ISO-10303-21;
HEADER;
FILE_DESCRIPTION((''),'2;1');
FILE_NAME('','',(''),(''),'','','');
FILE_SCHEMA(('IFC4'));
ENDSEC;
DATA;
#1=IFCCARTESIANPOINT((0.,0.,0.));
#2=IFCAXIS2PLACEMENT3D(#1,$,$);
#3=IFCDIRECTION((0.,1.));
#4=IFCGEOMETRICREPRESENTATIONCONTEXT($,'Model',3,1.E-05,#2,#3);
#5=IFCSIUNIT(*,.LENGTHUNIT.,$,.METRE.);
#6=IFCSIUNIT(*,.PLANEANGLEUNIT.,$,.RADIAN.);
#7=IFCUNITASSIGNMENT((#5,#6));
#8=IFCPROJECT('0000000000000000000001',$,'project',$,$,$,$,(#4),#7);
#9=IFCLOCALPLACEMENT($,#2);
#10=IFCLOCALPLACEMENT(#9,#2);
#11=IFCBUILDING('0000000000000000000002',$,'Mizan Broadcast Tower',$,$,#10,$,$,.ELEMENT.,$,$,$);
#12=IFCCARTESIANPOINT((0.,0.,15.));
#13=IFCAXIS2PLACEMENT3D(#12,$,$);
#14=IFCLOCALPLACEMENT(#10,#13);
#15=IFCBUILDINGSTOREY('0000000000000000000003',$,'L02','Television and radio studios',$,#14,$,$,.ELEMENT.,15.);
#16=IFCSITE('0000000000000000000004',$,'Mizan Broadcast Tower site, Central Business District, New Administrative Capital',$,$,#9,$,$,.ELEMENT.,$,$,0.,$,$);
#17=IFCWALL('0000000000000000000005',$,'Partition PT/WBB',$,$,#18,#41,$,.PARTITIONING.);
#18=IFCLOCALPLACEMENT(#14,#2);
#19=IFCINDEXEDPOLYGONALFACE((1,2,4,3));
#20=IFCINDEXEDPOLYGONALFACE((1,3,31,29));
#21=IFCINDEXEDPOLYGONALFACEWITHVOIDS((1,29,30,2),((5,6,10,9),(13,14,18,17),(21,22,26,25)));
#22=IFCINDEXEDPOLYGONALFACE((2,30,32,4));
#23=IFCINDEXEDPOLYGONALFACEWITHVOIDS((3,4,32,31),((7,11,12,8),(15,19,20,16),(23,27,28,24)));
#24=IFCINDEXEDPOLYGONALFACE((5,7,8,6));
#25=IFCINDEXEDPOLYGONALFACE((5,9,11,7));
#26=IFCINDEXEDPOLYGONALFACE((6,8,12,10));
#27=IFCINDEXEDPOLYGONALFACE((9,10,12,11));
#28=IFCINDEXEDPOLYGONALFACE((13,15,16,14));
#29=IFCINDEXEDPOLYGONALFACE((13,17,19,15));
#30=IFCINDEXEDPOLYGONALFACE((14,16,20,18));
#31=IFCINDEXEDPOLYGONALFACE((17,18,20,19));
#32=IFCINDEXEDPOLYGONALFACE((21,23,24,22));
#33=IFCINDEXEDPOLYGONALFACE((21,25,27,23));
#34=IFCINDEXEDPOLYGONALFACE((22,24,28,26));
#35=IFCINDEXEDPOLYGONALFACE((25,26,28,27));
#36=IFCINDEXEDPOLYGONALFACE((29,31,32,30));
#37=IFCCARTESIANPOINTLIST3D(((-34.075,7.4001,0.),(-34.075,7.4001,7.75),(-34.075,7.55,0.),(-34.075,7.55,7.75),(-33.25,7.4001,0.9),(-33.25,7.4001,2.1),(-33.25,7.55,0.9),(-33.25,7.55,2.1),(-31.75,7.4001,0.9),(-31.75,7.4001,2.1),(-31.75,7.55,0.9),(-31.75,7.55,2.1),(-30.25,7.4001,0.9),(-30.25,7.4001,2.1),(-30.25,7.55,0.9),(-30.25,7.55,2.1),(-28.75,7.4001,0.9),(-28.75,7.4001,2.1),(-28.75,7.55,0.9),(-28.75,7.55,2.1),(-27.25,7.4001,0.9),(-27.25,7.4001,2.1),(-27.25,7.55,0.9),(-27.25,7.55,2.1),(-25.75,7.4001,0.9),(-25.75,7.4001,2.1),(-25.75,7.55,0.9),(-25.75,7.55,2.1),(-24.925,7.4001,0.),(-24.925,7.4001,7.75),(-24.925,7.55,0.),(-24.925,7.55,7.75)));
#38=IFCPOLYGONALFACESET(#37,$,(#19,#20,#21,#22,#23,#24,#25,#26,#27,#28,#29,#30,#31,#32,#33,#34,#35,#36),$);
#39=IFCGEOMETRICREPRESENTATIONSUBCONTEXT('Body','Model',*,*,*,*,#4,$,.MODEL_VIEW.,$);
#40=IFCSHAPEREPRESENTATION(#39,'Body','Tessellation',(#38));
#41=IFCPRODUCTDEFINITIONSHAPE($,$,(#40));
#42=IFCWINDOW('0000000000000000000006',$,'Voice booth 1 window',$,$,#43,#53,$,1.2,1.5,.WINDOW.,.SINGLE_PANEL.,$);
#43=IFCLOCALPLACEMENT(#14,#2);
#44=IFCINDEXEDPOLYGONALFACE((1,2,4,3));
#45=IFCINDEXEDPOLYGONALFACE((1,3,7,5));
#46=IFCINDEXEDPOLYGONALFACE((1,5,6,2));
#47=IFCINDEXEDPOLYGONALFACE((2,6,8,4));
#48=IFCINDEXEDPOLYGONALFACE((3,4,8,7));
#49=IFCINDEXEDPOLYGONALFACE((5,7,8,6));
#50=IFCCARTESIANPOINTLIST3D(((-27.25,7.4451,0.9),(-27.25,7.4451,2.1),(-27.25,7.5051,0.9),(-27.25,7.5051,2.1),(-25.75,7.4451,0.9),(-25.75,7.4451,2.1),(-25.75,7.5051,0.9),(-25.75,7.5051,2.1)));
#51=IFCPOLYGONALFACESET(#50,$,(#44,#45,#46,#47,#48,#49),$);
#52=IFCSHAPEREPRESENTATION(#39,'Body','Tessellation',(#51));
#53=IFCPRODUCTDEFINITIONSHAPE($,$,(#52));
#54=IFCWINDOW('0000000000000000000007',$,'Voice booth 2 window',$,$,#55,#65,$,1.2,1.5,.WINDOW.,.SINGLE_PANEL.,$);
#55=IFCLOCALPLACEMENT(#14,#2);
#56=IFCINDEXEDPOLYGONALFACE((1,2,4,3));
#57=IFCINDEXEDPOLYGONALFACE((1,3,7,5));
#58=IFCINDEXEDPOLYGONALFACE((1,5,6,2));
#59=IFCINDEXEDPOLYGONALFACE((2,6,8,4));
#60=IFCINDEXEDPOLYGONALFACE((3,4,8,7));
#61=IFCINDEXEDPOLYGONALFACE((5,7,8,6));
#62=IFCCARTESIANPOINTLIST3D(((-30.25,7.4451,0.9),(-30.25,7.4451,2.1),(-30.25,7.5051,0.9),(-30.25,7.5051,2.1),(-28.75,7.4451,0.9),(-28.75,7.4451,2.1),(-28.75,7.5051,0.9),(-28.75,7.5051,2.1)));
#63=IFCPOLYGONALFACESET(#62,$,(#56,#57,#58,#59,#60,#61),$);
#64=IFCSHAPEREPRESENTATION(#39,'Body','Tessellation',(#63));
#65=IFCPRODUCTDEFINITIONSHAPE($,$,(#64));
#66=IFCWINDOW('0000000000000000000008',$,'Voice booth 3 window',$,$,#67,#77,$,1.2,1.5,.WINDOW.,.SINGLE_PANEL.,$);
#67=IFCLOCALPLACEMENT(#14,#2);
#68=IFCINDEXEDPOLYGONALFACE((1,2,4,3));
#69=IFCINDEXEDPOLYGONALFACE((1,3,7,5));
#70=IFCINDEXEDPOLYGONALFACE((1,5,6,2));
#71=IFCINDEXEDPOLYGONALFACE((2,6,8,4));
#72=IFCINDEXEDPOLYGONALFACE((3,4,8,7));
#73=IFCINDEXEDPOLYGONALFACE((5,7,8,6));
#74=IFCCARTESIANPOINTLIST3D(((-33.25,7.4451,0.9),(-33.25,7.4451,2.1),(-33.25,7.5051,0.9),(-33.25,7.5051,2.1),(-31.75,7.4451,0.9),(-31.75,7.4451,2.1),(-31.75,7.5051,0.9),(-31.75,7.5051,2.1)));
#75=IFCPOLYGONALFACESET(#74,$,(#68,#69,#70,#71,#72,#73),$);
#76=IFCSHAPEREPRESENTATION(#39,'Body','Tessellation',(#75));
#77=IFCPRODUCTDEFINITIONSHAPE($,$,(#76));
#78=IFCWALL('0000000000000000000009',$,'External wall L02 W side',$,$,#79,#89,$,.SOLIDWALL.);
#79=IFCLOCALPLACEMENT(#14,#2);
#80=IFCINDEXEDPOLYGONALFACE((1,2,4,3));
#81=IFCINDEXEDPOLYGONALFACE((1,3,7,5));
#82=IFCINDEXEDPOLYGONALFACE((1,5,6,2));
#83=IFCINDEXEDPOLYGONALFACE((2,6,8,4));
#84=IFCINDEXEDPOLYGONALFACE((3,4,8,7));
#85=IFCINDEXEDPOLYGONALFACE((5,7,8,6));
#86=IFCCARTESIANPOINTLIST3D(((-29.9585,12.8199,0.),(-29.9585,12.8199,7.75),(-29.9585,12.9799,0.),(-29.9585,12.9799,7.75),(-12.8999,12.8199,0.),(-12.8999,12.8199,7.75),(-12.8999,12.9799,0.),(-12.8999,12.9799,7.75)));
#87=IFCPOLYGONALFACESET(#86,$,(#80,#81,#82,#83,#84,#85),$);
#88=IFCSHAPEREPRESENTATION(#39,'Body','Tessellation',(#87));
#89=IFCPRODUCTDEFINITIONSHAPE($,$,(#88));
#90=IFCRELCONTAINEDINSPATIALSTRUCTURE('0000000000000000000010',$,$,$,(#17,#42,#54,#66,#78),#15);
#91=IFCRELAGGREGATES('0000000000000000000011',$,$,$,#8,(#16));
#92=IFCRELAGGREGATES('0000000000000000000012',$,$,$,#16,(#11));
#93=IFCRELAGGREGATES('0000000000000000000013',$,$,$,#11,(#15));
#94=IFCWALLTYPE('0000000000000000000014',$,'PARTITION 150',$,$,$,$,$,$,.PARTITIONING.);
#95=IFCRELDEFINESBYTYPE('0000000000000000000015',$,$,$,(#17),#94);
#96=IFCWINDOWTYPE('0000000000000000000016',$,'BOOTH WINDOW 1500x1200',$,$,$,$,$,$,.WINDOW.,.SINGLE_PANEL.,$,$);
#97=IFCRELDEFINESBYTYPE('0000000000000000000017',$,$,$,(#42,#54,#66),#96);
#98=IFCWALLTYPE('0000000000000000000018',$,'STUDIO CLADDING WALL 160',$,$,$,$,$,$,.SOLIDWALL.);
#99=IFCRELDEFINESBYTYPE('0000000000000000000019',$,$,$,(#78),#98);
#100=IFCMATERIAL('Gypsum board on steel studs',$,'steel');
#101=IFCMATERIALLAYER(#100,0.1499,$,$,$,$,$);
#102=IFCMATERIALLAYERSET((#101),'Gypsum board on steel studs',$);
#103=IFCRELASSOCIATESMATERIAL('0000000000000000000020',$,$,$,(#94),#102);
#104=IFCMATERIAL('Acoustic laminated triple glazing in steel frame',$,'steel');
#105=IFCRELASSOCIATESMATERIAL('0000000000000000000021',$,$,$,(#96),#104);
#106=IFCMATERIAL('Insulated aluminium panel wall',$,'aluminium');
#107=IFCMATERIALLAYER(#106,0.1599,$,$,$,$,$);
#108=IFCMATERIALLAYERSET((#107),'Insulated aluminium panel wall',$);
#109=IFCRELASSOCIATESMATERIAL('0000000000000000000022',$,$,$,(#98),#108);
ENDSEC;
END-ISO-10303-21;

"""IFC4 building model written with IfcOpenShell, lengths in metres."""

from ifc_helpers import new_model, si_unit, direction, frame, frame_2d, origin, place, context, subcontext, project, spatial, rectangle, extrude, material, layer, layer_set, type_object, element, fill, save


model = new_model("IFC4")

# Units and contexts
model_context = context("Model", 3, precision=1e-05, world=origin(), true_north=direction((0.0, 1.0)))
body_context = subcontext(model_context, "Body", "Model", "MODEL_VIEW")
ifc_project = project(units=[si_unit("LENGTHUNIT", "METRE"), si_unit("PLANEANGLEUNIT", "RADIAN")], contexts=[model_context])

# Site, building, storey
site_placement = place(None, origin())
site = spatial("IfcSite", under=ifc_project, at=site_placement, Name="Mizan Broadcast Tower site, Central Business District, New Administrative Capital", CompositionType="ELEMENT", RefElevation=0.0)
building_placement = place(site_placement, origin())
building = spatial("IfcBuilding", under=site, at=building_placement, Name="Mizan Broadcast Tower", CompositionType="ELEMENT")
storey_placement = place(building_placement, frame((0.0, 0.0, 15.0)))
storey = spatial("IfcBuildingStorey", under=building, at=storey_placement, Name="L02", Description="Television and radio studios", CompositionType="ELEMENT", Elevation=15.0)

# Wall, openings, windows
ifc_material_1 = material(Name="Gypsum board on steel studs", Category="steel")
ifc_layer_1 = layer(ifc_material_1, 0.1499)
ifc_layer_set_1 = layer_set([ifc_layer_1], Name="Gypsum board on steel studs")
wall_type_1 = type_object("IfcWallType", Name="PARTITION 150", PredefinedType="PARTITIONING", material=ifc_layer_set_1)
wall_1_placement = place(storey_placement, frame((-24.925, 7.4751, 0.0), z_axis=(0.0, 0.0, 1.0), x_axis=(-1.0, 0.0, 0.0)))
wall_1 = element("IfcWall", 1, at=wall_1_placement, inside=storey, type_object=wall_type_1, Name="Partition PT/WBB", PredefinedType="PARTITIONING", context=body_context, shape_type="SweptSolid", body=[
    extrude(rectangle(XDim=9.1499, YDim=0.1499, at=frame_2d((4.575, 0.0))), origin(), (0.0, 0.0, 1.0), 7.75),
])
opening_1_placement = place(wall_1_placement, frame((0.825, 0.0, 0.8999)))
opening_1 = element("IfcOpeningElement", 2, at=opening_1_placement, cuts=wall_1, PredefinedType="OPENING", context=body_context, shape_type="SweptSolid", body=[
    extrude(rectangle(XDim=1.5, YDim=1.2, at=frame_2d((0.75, 0.6001))), frame((0.0, 0.085, 0.0), z_axis=(0.0, -1.0, 0.0), x_axis=(1.0, 0.0, 0.0)), (0.0, 0.0, 1.0), 0.1699),
])
opening_2_placement = place(wall_1_placement, frame((3.825, 0.0, 0.8999)))
opening_2 = element("IfcOpeningElement", 3, at=opening_2_placement, cuts=wall_1, PredefinedType="OPENING", context=body_context, shape_type="SweptSolid", body=[
    extrude(rectangle(XDim=1.5, YDim=1.2, at=frame_2d((0.75, 0.6001))), frame((0.0, 0.085, 0.0), z_axis=(0.0, -1.0, 0.0), x_axis=(1.0, 0.0, 0.0)), (0.0, 0.0, 1.0), 0.1699),
])
opening_3_placement = place(wall_1_placement, frame((6.825, 0.0, 0.8999)))
opening_3 = element("IfcOpeningElement", 4, at=opening_3_placement, cuts=wall_1, PredefinedType="OPENING", context=body_context, shape_type="SweptSolid", body=[
    extrude(rectangle(XDim=1.5, YDim=1.2, at=frame_2d((0.75, 0.6001))), frame((0.0, 0.085, 0.0), z_axis=(0.0, -1.0, 0.0), x_axis=(1.0, 0.0, 0.0)), (0.0, 0.0, 1.0), 0.1699),
])
ifc_material_2 = material(Name="Acoustic laminated triple glazing in steel frame", Category="steel")
window_type = type_object("IfcWindowType", Name="BOOTH WINDOW 1500x1200", PartitioningType="SINGLE_PANEL", PredefinedType="WINDOW", material=ifc_material_2)
window_1_placement = place(opening_1_placement, origin())
window_1 = element("IfcWindow", 5, at=window_1_placement, inside=storey, type_object=window_type, Name="Voice booth 1 window", OverallHeight=1.2, OverallWidth=1.5, PartitioningType="SINGLE_PANEL", PredefinedType="WINDOW", context=body_context, shape_type="SweptSolid", body=[
    extrude(rectangle(XDim=1.5, YDim=1.2, at=frame_2d((0.75, 0.6001))), frame((0.0, 0.03, 0.0), z_axis=(0.0, -1.0, 0.0), x_axis=(1.0, 0.0, 0.0)), (0.0, 0.0, 1.0), 0.0601),
])
fill(opening_1, window_1)
window_2_placement = place(opening_2_placement, origin())
window_2 = element("IfcWindow", 6, at=window_2_placement, inside=storey, type_object=window_type, Name="Voice booth 2 window", OverallHeight=1.2, OverallWidth=1.5, PartitioningType="SINGLE_PANEL", PredefinedType="WINDOW", context=body_context, shape_type="SweptSolid", body=[
    extrude(rectangle(XDim=1.5, YDim=1.2, at=frame_2d((0.75, 0.6001))), frame((0.0, 0.03, 0.0), z_axis=(0.0, -1.0, 0.0), x_axis=(1.0, 0.0, 0.0)), (0.0, 0.0, 1.0), 0.0601),
])
fill(opening_2, window_2)
window_3_placement = place(opening_3_placement, origin())
window_3 = element("IfcWindow", 7, at=window_3_placement, inside=storey, type_object=window_type, Name="Voice booth 3 window", OverallHeight=1.2, OverallWidth=1.5, PartitioningType="SINGLE_PANEL", PredefinedType="WINDOW", context=body_context, shape_type="SweptSolid", body=[
    extrude(rectangle(XDim=1.5, YDim=1.2, at=frame_2d((0.75, 0.6001))), frame((0.0, 0.03, 0.0), z_axis=(0.0, -1.0, 0.0), x_axis=(1.0, 0.0, 0.0)), (0.0, 0.0, 1.0), 0.0601),
])
fill(opening_3, window_3)

# Wall
ifc_material_3 = material(Name="Insulated aluminium panel wall", Category="aluminium")
ifc_layer_2 = layer(ifc_material_3, 0.1599)
ifc_layer_set_2 = layer_set([ifc_layer_2], Name="Insulated aluminium panel wall")
wall_type_2 = type_object("IfcWallType", Name="STUDIO CLADDING WALL 160", PredefinedType="SOLIDWALL", material=ifc_layer_set_2)
wall_2_placement = place(storey_placement, frame((-12.8999, 12.8999, 0.0), z_axis=(0.0, 0.0, 1.0), x_axis=(-1.0, 0.0, 0.0)))
element("IfcWall", 8, at=wall_2_placement, inside=storey, type_object=wall_type_2, Name="External wall L02 W side", PredefinedType="SOLIDWALL", context=body_context, shape_type="SweptSolid", body=[
    extrude(rectangle(XDim=17.0586, YDim=0.1599, at=frame_2d((8.5293, 0.0))), origin(), (0.0, 0.0, 1.0), 7.75),
])

save(model, "model.ifc")
